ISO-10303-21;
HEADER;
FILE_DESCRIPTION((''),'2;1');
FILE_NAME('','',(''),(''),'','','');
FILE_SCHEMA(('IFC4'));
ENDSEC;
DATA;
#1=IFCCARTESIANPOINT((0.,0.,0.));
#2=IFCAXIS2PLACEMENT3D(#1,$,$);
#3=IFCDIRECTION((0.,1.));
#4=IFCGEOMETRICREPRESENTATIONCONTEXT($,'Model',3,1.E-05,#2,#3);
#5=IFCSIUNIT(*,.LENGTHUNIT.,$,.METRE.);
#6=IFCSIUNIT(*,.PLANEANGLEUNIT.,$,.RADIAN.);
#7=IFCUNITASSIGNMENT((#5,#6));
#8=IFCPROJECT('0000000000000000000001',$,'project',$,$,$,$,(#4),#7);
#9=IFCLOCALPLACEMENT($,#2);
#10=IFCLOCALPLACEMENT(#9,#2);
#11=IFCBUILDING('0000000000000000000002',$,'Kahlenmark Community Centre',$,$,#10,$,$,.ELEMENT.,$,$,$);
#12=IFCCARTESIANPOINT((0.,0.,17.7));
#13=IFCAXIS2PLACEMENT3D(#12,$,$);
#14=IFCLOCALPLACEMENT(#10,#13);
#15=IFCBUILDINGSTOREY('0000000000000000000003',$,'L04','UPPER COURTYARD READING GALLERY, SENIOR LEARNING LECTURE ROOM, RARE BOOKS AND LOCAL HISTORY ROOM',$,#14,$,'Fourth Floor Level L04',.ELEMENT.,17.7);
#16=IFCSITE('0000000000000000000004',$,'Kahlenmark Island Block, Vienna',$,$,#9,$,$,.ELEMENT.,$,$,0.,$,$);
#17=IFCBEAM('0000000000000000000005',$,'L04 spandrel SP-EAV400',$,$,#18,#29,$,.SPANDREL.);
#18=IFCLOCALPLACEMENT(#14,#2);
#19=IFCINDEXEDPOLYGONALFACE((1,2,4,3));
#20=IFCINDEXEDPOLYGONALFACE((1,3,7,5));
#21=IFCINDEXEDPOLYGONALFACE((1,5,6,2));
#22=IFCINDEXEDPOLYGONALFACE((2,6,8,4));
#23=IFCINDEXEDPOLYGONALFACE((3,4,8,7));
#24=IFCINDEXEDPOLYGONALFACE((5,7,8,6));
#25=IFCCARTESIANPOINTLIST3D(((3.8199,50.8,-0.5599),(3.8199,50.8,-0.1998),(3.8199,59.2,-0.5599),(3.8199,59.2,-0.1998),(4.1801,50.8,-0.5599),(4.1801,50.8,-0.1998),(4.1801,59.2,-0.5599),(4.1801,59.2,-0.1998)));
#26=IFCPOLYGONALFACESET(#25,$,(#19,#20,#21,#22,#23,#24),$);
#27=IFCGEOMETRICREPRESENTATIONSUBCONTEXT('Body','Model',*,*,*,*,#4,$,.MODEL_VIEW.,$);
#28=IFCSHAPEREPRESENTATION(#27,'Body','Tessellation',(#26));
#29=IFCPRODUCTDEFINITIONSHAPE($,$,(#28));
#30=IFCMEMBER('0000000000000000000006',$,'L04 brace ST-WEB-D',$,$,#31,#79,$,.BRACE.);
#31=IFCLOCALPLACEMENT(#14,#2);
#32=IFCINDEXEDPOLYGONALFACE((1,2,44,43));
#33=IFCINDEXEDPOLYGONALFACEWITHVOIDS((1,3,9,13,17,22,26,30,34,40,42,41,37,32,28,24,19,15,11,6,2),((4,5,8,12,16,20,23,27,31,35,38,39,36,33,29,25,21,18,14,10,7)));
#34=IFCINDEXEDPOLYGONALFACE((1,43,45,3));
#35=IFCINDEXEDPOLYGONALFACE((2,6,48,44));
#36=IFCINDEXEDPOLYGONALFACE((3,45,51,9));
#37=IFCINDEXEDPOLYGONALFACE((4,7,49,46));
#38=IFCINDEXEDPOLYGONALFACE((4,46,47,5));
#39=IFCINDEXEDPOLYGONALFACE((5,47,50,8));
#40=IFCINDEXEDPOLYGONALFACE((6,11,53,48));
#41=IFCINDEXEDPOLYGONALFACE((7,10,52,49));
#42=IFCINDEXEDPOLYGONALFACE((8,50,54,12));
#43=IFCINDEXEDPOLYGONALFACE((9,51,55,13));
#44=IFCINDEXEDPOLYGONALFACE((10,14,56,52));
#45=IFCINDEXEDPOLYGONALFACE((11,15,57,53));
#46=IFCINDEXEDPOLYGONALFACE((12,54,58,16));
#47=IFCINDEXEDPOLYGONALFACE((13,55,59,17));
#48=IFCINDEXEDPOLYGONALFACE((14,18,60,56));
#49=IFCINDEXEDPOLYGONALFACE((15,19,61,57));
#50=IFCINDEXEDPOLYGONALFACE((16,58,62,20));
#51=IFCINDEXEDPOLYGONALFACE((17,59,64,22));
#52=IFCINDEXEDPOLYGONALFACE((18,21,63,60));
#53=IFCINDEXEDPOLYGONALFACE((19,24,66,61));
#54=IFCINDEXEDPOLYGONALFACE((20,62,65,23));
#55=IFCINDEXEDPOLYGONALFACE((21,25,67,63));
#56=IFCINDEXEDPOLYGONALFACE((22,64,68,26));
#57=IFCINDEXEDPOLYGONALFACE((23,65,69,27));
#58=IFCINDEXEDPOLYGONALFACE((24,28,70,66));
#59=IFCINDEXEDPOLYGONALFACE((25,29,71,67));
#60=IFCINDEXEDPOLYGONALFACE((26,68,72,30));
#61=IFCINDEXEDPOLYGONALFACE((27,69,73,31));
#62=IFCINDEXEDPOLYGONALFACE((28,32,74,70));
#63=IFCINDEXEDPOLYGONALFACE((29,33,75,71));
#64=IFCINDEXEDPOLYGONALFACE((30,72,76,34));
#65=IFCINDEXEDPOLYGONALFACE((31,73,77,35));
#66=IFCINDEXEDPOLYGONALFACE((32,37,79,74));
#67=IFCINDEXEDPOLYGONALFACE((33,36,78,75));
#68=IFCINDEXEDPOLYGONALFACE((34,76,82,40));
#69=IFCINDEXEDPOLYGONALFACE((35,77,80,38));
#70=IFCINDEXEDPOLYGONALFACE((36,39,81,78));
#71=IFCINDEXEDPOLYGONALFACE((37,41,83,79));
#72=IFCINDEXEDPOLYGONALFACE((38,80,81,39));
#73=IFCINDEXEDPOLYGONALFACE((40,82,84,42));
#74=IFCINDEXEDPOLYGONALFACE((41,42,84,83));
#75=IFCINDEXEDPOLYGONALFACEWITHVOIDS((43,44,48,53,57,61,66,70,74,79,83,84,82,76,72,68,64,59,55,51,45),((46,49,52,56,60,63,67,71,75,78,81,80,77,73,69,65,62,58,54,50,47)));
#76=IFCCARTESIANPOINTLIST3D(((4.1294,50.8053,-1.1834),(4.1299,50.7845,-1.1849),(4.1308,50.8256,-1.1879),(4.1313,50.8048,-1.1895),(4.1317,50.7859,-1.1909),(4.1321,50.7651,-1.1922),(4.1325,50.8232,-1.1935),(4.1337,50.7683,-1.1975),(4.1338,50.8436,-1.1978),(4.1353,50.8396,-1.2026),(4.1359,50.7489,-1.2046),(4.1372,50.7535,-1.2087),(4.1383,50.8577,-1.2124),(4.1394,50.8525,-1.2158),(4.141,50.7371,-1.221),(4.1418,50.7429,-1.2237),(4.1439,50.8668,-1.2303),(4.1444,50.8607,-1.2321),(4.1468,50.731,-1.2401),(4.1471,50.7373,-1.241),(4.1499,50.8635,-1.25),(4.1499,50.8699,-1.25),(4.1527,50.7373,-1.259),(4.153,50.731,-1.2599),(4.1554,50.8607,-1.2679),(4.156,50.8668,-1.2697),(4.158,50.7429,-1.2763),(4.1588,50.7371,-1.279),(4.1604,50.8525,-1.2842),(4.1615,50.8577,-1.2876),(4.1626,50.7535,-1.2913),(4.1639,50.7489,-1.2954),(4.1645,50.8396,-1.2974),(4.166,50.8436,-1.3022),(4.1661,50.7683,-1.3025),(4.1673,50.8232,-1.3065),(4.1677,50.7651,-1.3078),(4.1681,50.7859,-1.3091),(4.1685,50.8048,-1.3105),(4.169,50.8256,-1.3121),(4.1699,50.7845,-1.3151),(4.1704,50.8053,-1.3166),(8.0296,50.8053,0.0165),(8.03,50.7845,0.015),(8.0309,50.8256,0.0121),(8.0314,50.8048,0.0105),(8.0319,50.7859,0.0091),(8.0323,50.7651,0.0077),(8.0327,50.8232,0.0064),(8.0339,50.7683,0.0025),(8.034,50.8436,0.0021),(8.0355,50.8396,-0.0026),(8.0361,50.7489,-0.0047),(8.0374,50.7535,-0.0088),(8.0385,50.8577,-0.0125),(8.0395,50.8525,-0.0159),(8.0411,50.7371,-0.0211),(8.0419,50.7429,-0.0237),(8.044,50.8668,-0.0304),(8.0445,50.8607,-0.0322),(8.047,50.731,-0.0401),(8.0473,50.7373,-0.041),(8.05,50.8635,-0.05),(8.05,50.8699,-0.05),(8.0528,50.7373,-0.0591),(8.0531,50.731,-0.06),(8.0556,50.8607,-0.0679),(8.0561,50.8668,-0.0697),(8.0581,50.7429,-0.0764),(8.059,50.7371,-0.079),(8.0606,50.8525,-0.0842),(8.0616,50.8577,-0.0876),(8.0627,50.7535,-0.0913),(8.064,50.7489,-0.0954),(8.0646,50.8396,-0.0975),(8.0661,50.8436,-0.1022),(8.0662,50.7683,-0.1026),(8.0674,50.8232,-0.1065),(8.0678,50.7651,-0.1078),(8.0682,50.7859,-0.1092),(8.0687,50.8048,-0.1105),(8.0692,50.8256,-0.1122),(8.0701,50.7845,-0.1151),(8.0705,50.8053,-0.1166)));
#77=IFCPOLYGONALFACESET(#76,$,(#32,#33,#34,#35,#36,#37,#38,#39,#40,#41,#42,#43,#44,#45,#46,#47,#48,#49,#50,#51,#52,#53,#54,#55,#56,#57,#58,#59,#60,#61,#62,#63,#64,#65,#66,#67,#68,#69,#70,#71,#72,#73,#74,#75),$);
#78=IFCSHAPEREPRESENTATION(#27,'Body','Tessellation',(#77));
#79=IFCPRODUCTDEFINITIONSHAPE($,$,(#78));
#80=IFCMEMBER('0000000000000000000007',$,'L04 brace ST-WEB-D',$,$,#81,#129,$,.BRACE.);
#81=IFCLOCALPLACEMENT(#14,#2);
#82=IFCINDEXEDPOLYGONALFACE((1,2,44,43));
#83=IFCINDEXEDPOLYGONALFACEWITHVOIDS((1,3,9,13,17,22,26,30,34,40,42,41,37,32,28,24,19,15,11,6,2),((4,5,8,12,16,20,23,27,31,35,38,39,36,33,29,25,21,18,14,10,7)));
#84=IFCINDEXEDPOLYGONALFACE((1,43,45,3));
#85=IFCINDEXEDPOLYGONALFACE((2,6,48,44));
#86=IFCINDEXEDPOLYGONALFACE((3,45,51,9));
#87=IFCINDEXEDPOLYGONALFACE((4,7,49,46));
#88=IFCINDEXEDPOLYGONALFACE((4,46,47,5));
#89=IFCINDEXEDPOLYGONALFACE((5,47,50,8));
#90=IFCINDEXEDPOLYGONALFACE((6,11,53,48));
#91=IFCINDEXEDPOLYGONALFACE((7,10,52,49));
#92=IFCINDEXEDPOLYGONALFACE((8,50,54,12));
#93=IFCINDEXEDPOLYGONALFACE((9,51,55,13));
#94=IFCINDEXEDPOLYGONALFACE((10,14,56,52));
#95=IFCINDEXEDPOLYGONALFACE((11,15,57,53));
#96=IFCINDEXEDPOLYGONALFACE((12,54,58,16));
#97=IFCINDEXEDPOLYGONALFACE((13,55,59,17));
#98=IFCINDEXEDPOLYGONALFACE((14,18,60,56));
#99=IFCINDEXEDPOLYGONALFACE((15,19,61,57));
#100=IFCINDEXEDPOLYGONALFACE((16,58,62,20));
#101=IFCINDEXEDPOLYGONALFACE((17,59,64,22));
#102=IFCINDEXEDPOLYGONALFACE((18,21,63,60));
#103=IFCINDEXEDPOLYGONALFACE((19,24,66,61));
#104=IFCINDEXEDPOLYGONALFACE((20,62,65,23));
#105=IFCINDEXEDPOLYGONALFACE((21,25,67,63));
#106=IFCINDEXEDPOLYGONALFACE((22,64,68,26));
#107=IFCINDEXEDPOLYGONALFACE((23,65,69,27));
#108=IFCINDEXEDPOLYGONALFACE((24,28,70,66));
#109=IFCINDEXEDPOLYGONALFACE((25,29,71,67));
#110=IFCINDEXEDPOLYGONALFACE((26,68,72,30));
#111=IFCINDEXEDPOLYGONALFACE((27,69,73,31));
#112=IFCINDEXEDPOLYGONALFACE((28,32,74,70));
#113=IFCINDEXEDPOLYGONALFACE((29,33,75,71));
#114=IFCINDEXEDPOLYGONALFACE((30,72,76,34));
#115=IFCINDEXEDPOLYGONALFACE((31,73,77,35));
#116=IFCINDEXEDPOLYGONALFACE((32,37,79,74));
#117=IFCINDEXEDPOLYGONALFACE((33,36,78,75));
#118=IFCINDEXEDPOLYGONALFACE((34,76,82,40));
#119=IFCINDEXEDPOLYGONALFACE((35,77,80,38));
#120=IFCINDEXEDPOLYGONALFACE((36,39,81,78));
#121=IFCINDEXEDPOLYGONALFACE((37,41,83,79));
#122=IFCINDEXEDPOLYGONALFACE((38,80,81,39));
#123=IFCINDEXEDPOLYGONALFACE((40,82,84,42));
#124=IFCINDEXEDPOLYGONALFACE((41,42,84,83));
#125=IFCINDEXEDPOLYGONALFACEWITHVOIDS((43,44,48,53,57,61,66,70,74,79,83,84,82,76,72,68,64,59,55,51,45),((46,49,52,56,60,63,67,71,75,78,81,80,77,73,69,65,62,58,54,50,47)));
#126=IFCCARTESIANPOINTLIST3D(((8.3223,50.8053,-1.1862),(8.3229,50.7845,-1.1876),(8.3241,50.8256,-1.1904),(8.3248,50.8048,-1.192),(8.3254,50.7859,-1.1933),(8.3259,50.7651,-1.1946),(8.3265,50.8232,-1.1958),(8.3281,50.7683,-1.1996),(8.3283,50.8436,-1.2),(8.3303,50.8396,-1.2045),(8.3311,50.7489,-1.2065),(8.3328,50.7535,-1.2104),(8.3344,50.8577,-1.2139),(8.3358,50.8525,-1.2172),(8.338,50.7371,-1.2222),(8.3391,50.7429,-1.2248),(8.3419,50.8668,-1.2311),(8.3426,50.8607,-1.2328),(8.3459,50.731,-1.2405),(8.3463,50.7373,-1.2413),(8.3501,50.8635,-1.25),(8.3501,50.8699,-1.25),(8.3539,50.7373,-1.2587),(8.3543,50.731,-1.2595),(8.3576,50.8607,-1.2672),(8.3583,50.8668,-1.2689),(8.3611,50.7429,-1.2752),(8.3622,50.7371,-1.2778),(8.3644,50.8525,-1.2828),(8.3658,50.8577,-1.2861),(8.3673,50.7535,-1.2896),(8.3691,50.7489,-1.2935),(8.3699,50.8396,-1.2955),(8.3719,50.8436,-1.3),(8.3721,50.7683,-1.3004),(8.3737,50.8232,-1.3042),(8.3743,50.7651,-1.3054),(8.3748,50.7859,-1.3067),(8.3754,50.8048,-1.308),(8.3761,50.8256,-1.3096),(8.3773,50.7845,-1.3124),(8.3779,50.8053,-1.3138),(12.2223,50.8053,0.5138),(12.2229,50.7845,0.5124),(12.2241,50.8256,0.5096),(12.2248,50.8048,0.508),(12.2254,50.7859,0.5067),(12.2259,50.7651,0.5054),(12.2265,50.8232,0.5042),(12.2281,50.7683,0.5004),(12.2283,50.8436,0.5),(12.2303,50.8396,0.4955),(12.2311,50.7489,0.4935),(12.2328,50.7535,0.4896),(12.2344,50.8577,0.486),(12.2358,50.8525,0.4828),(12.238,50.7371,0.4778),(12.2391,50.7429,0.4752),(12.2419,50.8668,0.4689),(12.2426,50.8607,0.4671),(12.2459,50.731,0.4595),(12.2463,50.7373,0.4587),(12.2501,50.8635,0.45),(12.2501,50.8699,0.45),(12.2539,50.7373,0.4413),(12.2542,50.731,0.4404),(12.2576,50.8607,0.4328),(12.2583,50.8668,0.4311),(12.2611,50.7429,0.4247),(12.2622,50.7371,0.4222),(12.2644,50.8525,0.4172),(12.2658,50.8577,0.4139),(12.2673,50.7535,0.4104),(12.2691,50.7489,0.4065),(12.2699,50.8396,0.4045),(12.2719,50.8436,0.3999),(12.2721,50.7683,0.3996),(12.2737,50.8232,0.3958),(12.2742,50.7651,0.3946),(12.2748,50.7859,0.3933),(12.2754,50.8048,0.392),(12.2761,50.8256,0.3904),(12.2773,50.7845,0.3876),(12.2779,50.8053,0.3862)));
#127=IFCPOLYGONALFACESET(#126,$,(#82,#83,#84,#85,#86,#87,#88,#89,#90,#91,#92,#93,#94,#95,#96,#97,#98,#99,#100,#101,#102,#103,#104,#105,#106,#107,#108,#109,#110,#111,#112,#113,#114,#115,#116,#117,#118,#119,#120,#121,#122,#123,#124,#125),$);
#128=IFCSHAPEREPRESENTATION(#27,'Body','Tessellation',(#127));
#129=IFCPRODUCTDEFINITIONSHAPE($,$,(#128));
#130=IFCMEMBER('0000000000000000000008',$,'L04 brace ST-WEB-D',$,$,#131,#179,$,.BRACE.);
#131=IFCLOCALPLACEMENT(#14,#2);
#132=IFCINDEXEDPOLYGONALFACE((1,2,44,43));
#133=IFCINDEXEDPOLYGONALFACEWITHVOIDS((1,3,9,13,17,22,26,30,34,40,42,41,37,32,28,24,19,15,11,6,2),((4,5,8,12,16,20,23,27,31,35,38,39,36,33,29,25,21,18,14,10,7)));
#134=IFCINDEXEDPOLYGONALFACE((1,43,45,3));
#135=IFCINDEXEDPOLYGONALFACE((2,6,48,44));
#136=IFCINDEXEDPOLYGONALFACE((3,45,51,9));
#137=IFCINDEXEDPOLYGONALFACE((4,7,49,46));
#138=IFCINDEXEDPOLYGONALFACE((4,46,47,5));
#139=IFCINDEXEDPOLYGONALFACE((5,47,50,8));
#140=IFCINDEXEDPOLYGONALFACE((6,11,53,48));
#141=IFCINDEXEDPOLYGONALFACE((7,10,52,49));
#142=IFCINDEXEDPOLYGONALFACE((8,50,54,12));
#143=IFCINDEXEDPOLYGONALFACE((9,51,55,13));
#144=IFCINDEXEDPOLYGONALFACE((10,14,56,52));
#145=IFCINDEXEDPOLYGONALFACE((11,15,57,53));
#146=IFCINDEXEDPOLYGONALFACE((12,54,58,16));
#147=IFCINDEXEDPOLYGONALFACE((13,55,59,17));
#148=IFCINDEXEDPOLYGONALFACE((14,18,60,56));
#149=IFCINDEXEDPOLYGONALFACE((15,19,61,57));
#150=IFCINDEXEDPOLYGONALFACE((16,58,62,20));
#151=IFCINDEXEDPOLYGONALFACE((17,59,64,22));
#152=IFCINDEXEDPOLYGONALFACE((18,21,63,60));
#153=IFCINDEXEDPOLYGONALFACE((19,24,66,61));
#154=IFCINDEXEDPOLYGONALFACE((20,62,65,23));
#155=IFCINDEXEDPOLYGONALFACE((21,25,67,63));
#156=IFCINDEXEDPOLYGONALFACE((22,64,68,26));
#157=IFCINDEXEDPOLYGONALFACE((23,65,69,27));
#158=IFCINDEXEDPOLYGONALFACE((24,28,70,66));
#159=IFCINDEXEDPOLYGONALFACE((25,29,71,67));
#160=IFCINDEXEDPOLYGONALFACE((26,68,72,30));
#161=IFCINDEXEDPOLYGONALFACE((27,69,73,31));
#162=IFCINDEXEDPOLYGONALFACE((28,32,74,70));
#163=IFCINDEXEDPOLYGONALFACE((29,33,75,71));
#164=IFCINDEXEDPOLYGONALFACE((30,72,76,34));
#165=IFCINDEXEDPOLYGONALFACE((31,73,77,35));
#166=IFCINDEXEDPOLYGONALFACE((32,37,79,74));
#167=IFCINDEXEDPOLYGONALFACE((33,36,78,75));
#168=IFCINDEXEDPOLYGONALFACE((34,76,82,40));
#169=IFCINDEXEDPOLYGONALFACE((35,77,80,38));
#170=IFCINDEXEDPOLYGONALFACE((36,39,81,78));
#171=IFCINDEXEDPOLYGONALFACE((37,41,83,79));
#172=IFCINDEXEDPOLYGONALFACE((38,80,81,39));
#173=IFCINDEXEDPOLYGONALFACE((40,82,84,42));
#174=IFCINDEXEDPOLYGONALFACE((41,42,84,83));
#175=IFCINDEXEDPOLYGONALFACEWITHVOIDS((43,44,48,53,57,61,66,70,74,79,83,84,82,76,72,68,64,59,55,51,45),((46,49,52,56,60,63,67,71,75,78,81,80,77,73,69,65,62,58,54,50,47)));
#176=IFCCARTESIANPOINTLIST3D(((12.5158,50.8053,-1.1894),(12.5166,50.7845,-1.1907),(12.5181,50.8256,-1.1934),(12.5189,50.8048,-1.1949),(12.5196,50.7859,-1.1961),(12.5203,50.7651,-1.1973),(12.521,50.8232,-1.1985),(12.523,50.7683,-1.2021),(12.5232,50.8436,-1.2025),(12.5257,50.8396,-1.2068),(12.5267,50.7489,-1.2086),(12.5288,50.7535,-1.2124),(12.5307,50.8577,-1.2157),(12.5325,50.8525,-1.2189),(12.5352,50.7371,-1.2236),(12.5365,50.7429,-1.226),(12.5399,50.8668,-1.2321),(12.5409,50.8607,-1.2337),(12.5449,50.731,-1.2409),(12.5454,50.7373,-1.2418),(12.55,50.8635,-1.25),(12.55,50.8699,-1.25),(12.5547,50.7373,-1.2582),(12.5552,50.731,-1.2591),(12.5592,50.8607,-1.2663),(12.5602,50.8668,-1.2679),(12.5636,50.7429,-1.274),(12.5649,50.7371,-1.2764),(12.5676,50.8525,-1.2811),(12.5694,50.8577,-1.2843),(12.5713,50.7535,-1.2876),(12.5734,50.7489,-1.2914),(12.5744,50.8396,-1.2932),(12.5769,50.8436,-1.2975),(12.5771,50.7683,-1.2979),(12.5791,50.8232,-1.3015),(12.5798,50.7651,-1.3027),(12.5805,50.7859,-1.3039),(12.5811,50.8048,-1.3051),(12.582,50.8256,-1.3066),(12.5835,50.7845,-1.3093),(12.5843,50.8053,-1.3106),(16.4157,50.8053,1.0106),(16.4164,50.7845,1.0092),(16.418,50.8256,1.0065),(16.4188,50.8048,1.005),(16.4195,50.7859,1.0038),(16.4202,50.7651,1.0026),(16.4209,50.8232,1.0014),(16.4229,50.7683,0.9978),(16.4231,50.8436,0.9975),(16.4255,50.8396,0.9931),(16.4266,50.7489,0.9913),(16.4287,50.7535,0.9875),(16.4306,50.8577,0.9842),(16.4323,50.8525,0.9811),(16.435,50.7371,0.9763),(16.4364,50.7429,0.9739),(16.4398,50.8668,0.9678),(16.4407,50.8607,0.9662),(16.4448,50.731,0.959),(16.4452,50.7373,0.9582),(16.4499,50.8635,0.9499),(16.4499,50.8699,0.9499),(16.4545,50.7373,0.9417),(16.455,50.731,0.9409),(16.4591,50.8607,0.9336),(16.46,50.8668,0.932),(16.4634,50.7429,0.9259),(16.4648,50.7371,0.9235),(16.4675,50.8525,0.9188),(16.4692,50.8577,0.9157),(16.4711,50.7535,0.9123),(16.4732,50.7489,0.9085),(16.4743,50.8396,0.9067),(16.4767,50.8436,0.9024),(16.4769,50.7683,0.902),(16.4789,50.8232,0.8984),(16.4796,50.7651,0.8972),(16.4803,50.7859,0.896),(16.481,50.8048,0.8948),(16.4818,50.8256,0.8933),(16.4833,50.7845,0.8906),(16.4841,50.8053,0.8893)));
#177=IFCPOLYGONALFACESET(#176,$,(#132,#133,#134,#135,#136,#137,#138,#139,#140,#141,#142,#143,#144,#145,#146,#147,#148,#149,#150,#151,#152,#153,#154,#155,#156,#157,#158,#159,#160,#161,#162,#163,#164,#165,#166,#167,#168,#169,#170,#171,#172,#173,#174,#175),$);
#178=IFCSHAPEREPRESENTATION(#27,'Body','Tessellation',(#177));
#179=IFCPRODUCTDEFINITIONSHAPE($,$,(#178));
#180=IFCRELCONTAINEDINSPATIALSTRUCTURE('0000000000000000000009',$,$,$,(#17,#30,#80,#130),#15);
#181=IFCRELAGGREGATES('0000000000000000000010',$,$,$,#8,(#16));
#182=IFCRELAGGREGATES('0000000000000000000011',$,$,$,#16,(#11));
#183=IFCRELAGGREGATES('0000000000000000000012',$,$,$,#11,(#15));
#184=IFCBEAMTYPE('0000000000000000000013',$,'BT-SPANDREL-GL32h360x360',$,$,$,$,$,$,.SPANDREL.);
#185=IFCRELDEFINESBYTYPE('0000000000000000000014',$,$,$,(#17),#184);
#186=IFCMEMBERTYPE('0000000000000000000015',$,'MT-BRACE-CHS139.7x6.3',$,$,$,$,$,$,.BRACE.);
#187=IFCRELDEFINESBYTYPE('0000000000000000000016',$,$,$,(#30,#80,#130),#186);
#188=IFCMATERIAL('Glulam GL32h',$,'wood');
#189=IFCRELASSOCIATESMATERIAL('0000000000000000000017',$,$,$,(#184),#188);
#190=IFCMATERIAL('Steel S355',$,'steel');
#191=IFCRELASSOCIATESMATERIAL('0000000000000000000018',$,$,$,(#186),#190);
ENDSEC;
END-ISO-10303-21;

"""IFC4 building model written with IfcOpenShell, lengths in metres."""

from ifc_helpers import new_model, si_unit, direction, frame, origin, origin_2d, place, context, subcontext, project, spatial, rectangle, hollow_circle, extrude, material, material_profile, profile_set, type_object, element, save


model = new_model("IFC4")

# Units and contexts
model_context = context("Model", 3, precision=1e-05, world=origin(), true_north=direction((0.0, 1.0)))
body_context = subcontext(model_context, "Body", "Model", "MODEL_VIEW")
ifc_project = project(units=[si_unit("LENGTHUNIT", "METRE"), si_unit("PLANEANGLEUNIT", "RADIAN")], contexts=[model_context])

# Site, building, storey
site_placement = place(None, origin())
site = spatial("IfcSite", under=ifc_project, at=site_placement, Name="Kahlenmark Island Block, Vienna", CompositionType="ELEMENT", RefElevation=0.0)
building_placement = place(site_placement, origin())
building = spatial("IfcBuilding", under=site, at=building_placement, Name="Kahlenmark Community Centre", CompositionType="ELEMENT")
storey_placement = place(building_placement, frame((0.0, 0.0, 17.7)))
storey = spatial("IfcBuildingStorey", under=building, at=storey_placement, Name="L04", Description="UPPER COURTYARD READING GALLERY, SENIOR LEARNING LECTURE ROOM, RARE BOOKS AND LOCAL HISTORY ROOM", LongName="Fourth Floor Level L04", CompositionType="ELEMENT", Elevation=17.7)

# Beam
ifc_material_1 = material(Name="Glulam GL32h", Category="wood")
ifc_material_profile_1 = material_profile(ifc_material_1, rectangle(XDim=0.3601, YDim=0.3601, at=origin_2d()), Name="GL32h 360x360")
ifc_profile_set_1 = profile_set([ifc_material_profile_1], Name="Glulam GL32h")
beam_type = type_object("IfcBeamType", Name="BT-SPANDREL-GL32h360x360", PredefinedType="SPANDREL", material=ifc_profile_set_1)
beam_placement = place(storey_placement, frame((4.0, 50.8, -0.3799), z_axis=(0.0, 1.0, 0.0), x_axis=(-1.0, 0.0, 0.0)))
element("IfcBeam", 1, at=beam_placement, inside=storey, type_object=beam_type, Name="L04 spandrel SP-EAV400", PredefinedType="SPANDREL", context=body_context, shape_type="SweptSolid", body=[
    extrude(rectangle(XDim=0.3601, YDim=0.3601, at=origin_2d()), origin(), (0.0, 0.0, 1.0), 8.3999),
])

# Members
ifc_material_2 = material(Name="Steel S355", Category="steel")
ifc_material_profile_2 = material_profile(ifc_material_2, hollow_circle(Radius=0.0698, WallThickness=0.0063, at=origin_2d()), Name="CHS 139.7x6.3")
ifc_profile_set_2 = profile_set([ifc_material_profile_2], Name="Steel S355")
member_type_1 = type_object("IfcMemberType", Name="MT-BRACE-CHS139.7x6.3", PredefinedType="BRACE", material=ifc_profile_set_2)
member_1_placement = place(storey_placement, frame((4.1499, 50.8, -1.25), z_axis=(0.955785, 0.0, 0.294065), x_axis=(0.0, 1.0, 0.0)))
element("IfcMember", 2, at=member_1_placement, inside=storey, type_object=member_type_1, Name="L04 brace ST-WEB-D", PredefinedType="BRACE", context=body_context, shape_type="SweptSolid", body=[
    extrude(hollow_circle(Radius=0.0698, WallThickness=0.0063, at=origin_2d()), origin(), (0.0, 0.0, 1.0), 4.0806),
])
member_2_placement = place(storey_placement, frame((8.3501, 50.8, -1.25), z_axis=(0.916697, 0.0, 0.399584), x_axis=(0.0, 1.0, 0.0)))
element("IfcMember", 3, at=member_2_placement, inside=storey, type_object=member_type_1, Name="L04 brace ST-WEB-D", PredefinedType="BRACE", context=body_context, shape_type="SweptSolid", body=[
    extrude(hollow_circle(Radius=0.0698, WallThickness=0.0063, at=origin_2d()), origin(), (0.0, 0.0, 1.0), 4.2544),
])
member_3_placement = place(storey_placement, frame((12.55, 50.8, -1.25), z_axis=(0.870978, 0.0, 0.491322), x_axis=(0.0, 1.0, 0.0)))
element("IfcMember", 4, at=member_3_placement, inside=storey, type_object=member_type_1, Name="L04 brace ST-WEB-D", PredefinedType="BRACE", context=body_context, shape_type="SweptSolid", body=[
    extrude(hollow_circle(Radius=0.0698, WallThickness=0.0063, at=origin_2d()), origin(), (0.0, 0.0, 1.0), 4.4775),
])

save(model, "model.ifc")
